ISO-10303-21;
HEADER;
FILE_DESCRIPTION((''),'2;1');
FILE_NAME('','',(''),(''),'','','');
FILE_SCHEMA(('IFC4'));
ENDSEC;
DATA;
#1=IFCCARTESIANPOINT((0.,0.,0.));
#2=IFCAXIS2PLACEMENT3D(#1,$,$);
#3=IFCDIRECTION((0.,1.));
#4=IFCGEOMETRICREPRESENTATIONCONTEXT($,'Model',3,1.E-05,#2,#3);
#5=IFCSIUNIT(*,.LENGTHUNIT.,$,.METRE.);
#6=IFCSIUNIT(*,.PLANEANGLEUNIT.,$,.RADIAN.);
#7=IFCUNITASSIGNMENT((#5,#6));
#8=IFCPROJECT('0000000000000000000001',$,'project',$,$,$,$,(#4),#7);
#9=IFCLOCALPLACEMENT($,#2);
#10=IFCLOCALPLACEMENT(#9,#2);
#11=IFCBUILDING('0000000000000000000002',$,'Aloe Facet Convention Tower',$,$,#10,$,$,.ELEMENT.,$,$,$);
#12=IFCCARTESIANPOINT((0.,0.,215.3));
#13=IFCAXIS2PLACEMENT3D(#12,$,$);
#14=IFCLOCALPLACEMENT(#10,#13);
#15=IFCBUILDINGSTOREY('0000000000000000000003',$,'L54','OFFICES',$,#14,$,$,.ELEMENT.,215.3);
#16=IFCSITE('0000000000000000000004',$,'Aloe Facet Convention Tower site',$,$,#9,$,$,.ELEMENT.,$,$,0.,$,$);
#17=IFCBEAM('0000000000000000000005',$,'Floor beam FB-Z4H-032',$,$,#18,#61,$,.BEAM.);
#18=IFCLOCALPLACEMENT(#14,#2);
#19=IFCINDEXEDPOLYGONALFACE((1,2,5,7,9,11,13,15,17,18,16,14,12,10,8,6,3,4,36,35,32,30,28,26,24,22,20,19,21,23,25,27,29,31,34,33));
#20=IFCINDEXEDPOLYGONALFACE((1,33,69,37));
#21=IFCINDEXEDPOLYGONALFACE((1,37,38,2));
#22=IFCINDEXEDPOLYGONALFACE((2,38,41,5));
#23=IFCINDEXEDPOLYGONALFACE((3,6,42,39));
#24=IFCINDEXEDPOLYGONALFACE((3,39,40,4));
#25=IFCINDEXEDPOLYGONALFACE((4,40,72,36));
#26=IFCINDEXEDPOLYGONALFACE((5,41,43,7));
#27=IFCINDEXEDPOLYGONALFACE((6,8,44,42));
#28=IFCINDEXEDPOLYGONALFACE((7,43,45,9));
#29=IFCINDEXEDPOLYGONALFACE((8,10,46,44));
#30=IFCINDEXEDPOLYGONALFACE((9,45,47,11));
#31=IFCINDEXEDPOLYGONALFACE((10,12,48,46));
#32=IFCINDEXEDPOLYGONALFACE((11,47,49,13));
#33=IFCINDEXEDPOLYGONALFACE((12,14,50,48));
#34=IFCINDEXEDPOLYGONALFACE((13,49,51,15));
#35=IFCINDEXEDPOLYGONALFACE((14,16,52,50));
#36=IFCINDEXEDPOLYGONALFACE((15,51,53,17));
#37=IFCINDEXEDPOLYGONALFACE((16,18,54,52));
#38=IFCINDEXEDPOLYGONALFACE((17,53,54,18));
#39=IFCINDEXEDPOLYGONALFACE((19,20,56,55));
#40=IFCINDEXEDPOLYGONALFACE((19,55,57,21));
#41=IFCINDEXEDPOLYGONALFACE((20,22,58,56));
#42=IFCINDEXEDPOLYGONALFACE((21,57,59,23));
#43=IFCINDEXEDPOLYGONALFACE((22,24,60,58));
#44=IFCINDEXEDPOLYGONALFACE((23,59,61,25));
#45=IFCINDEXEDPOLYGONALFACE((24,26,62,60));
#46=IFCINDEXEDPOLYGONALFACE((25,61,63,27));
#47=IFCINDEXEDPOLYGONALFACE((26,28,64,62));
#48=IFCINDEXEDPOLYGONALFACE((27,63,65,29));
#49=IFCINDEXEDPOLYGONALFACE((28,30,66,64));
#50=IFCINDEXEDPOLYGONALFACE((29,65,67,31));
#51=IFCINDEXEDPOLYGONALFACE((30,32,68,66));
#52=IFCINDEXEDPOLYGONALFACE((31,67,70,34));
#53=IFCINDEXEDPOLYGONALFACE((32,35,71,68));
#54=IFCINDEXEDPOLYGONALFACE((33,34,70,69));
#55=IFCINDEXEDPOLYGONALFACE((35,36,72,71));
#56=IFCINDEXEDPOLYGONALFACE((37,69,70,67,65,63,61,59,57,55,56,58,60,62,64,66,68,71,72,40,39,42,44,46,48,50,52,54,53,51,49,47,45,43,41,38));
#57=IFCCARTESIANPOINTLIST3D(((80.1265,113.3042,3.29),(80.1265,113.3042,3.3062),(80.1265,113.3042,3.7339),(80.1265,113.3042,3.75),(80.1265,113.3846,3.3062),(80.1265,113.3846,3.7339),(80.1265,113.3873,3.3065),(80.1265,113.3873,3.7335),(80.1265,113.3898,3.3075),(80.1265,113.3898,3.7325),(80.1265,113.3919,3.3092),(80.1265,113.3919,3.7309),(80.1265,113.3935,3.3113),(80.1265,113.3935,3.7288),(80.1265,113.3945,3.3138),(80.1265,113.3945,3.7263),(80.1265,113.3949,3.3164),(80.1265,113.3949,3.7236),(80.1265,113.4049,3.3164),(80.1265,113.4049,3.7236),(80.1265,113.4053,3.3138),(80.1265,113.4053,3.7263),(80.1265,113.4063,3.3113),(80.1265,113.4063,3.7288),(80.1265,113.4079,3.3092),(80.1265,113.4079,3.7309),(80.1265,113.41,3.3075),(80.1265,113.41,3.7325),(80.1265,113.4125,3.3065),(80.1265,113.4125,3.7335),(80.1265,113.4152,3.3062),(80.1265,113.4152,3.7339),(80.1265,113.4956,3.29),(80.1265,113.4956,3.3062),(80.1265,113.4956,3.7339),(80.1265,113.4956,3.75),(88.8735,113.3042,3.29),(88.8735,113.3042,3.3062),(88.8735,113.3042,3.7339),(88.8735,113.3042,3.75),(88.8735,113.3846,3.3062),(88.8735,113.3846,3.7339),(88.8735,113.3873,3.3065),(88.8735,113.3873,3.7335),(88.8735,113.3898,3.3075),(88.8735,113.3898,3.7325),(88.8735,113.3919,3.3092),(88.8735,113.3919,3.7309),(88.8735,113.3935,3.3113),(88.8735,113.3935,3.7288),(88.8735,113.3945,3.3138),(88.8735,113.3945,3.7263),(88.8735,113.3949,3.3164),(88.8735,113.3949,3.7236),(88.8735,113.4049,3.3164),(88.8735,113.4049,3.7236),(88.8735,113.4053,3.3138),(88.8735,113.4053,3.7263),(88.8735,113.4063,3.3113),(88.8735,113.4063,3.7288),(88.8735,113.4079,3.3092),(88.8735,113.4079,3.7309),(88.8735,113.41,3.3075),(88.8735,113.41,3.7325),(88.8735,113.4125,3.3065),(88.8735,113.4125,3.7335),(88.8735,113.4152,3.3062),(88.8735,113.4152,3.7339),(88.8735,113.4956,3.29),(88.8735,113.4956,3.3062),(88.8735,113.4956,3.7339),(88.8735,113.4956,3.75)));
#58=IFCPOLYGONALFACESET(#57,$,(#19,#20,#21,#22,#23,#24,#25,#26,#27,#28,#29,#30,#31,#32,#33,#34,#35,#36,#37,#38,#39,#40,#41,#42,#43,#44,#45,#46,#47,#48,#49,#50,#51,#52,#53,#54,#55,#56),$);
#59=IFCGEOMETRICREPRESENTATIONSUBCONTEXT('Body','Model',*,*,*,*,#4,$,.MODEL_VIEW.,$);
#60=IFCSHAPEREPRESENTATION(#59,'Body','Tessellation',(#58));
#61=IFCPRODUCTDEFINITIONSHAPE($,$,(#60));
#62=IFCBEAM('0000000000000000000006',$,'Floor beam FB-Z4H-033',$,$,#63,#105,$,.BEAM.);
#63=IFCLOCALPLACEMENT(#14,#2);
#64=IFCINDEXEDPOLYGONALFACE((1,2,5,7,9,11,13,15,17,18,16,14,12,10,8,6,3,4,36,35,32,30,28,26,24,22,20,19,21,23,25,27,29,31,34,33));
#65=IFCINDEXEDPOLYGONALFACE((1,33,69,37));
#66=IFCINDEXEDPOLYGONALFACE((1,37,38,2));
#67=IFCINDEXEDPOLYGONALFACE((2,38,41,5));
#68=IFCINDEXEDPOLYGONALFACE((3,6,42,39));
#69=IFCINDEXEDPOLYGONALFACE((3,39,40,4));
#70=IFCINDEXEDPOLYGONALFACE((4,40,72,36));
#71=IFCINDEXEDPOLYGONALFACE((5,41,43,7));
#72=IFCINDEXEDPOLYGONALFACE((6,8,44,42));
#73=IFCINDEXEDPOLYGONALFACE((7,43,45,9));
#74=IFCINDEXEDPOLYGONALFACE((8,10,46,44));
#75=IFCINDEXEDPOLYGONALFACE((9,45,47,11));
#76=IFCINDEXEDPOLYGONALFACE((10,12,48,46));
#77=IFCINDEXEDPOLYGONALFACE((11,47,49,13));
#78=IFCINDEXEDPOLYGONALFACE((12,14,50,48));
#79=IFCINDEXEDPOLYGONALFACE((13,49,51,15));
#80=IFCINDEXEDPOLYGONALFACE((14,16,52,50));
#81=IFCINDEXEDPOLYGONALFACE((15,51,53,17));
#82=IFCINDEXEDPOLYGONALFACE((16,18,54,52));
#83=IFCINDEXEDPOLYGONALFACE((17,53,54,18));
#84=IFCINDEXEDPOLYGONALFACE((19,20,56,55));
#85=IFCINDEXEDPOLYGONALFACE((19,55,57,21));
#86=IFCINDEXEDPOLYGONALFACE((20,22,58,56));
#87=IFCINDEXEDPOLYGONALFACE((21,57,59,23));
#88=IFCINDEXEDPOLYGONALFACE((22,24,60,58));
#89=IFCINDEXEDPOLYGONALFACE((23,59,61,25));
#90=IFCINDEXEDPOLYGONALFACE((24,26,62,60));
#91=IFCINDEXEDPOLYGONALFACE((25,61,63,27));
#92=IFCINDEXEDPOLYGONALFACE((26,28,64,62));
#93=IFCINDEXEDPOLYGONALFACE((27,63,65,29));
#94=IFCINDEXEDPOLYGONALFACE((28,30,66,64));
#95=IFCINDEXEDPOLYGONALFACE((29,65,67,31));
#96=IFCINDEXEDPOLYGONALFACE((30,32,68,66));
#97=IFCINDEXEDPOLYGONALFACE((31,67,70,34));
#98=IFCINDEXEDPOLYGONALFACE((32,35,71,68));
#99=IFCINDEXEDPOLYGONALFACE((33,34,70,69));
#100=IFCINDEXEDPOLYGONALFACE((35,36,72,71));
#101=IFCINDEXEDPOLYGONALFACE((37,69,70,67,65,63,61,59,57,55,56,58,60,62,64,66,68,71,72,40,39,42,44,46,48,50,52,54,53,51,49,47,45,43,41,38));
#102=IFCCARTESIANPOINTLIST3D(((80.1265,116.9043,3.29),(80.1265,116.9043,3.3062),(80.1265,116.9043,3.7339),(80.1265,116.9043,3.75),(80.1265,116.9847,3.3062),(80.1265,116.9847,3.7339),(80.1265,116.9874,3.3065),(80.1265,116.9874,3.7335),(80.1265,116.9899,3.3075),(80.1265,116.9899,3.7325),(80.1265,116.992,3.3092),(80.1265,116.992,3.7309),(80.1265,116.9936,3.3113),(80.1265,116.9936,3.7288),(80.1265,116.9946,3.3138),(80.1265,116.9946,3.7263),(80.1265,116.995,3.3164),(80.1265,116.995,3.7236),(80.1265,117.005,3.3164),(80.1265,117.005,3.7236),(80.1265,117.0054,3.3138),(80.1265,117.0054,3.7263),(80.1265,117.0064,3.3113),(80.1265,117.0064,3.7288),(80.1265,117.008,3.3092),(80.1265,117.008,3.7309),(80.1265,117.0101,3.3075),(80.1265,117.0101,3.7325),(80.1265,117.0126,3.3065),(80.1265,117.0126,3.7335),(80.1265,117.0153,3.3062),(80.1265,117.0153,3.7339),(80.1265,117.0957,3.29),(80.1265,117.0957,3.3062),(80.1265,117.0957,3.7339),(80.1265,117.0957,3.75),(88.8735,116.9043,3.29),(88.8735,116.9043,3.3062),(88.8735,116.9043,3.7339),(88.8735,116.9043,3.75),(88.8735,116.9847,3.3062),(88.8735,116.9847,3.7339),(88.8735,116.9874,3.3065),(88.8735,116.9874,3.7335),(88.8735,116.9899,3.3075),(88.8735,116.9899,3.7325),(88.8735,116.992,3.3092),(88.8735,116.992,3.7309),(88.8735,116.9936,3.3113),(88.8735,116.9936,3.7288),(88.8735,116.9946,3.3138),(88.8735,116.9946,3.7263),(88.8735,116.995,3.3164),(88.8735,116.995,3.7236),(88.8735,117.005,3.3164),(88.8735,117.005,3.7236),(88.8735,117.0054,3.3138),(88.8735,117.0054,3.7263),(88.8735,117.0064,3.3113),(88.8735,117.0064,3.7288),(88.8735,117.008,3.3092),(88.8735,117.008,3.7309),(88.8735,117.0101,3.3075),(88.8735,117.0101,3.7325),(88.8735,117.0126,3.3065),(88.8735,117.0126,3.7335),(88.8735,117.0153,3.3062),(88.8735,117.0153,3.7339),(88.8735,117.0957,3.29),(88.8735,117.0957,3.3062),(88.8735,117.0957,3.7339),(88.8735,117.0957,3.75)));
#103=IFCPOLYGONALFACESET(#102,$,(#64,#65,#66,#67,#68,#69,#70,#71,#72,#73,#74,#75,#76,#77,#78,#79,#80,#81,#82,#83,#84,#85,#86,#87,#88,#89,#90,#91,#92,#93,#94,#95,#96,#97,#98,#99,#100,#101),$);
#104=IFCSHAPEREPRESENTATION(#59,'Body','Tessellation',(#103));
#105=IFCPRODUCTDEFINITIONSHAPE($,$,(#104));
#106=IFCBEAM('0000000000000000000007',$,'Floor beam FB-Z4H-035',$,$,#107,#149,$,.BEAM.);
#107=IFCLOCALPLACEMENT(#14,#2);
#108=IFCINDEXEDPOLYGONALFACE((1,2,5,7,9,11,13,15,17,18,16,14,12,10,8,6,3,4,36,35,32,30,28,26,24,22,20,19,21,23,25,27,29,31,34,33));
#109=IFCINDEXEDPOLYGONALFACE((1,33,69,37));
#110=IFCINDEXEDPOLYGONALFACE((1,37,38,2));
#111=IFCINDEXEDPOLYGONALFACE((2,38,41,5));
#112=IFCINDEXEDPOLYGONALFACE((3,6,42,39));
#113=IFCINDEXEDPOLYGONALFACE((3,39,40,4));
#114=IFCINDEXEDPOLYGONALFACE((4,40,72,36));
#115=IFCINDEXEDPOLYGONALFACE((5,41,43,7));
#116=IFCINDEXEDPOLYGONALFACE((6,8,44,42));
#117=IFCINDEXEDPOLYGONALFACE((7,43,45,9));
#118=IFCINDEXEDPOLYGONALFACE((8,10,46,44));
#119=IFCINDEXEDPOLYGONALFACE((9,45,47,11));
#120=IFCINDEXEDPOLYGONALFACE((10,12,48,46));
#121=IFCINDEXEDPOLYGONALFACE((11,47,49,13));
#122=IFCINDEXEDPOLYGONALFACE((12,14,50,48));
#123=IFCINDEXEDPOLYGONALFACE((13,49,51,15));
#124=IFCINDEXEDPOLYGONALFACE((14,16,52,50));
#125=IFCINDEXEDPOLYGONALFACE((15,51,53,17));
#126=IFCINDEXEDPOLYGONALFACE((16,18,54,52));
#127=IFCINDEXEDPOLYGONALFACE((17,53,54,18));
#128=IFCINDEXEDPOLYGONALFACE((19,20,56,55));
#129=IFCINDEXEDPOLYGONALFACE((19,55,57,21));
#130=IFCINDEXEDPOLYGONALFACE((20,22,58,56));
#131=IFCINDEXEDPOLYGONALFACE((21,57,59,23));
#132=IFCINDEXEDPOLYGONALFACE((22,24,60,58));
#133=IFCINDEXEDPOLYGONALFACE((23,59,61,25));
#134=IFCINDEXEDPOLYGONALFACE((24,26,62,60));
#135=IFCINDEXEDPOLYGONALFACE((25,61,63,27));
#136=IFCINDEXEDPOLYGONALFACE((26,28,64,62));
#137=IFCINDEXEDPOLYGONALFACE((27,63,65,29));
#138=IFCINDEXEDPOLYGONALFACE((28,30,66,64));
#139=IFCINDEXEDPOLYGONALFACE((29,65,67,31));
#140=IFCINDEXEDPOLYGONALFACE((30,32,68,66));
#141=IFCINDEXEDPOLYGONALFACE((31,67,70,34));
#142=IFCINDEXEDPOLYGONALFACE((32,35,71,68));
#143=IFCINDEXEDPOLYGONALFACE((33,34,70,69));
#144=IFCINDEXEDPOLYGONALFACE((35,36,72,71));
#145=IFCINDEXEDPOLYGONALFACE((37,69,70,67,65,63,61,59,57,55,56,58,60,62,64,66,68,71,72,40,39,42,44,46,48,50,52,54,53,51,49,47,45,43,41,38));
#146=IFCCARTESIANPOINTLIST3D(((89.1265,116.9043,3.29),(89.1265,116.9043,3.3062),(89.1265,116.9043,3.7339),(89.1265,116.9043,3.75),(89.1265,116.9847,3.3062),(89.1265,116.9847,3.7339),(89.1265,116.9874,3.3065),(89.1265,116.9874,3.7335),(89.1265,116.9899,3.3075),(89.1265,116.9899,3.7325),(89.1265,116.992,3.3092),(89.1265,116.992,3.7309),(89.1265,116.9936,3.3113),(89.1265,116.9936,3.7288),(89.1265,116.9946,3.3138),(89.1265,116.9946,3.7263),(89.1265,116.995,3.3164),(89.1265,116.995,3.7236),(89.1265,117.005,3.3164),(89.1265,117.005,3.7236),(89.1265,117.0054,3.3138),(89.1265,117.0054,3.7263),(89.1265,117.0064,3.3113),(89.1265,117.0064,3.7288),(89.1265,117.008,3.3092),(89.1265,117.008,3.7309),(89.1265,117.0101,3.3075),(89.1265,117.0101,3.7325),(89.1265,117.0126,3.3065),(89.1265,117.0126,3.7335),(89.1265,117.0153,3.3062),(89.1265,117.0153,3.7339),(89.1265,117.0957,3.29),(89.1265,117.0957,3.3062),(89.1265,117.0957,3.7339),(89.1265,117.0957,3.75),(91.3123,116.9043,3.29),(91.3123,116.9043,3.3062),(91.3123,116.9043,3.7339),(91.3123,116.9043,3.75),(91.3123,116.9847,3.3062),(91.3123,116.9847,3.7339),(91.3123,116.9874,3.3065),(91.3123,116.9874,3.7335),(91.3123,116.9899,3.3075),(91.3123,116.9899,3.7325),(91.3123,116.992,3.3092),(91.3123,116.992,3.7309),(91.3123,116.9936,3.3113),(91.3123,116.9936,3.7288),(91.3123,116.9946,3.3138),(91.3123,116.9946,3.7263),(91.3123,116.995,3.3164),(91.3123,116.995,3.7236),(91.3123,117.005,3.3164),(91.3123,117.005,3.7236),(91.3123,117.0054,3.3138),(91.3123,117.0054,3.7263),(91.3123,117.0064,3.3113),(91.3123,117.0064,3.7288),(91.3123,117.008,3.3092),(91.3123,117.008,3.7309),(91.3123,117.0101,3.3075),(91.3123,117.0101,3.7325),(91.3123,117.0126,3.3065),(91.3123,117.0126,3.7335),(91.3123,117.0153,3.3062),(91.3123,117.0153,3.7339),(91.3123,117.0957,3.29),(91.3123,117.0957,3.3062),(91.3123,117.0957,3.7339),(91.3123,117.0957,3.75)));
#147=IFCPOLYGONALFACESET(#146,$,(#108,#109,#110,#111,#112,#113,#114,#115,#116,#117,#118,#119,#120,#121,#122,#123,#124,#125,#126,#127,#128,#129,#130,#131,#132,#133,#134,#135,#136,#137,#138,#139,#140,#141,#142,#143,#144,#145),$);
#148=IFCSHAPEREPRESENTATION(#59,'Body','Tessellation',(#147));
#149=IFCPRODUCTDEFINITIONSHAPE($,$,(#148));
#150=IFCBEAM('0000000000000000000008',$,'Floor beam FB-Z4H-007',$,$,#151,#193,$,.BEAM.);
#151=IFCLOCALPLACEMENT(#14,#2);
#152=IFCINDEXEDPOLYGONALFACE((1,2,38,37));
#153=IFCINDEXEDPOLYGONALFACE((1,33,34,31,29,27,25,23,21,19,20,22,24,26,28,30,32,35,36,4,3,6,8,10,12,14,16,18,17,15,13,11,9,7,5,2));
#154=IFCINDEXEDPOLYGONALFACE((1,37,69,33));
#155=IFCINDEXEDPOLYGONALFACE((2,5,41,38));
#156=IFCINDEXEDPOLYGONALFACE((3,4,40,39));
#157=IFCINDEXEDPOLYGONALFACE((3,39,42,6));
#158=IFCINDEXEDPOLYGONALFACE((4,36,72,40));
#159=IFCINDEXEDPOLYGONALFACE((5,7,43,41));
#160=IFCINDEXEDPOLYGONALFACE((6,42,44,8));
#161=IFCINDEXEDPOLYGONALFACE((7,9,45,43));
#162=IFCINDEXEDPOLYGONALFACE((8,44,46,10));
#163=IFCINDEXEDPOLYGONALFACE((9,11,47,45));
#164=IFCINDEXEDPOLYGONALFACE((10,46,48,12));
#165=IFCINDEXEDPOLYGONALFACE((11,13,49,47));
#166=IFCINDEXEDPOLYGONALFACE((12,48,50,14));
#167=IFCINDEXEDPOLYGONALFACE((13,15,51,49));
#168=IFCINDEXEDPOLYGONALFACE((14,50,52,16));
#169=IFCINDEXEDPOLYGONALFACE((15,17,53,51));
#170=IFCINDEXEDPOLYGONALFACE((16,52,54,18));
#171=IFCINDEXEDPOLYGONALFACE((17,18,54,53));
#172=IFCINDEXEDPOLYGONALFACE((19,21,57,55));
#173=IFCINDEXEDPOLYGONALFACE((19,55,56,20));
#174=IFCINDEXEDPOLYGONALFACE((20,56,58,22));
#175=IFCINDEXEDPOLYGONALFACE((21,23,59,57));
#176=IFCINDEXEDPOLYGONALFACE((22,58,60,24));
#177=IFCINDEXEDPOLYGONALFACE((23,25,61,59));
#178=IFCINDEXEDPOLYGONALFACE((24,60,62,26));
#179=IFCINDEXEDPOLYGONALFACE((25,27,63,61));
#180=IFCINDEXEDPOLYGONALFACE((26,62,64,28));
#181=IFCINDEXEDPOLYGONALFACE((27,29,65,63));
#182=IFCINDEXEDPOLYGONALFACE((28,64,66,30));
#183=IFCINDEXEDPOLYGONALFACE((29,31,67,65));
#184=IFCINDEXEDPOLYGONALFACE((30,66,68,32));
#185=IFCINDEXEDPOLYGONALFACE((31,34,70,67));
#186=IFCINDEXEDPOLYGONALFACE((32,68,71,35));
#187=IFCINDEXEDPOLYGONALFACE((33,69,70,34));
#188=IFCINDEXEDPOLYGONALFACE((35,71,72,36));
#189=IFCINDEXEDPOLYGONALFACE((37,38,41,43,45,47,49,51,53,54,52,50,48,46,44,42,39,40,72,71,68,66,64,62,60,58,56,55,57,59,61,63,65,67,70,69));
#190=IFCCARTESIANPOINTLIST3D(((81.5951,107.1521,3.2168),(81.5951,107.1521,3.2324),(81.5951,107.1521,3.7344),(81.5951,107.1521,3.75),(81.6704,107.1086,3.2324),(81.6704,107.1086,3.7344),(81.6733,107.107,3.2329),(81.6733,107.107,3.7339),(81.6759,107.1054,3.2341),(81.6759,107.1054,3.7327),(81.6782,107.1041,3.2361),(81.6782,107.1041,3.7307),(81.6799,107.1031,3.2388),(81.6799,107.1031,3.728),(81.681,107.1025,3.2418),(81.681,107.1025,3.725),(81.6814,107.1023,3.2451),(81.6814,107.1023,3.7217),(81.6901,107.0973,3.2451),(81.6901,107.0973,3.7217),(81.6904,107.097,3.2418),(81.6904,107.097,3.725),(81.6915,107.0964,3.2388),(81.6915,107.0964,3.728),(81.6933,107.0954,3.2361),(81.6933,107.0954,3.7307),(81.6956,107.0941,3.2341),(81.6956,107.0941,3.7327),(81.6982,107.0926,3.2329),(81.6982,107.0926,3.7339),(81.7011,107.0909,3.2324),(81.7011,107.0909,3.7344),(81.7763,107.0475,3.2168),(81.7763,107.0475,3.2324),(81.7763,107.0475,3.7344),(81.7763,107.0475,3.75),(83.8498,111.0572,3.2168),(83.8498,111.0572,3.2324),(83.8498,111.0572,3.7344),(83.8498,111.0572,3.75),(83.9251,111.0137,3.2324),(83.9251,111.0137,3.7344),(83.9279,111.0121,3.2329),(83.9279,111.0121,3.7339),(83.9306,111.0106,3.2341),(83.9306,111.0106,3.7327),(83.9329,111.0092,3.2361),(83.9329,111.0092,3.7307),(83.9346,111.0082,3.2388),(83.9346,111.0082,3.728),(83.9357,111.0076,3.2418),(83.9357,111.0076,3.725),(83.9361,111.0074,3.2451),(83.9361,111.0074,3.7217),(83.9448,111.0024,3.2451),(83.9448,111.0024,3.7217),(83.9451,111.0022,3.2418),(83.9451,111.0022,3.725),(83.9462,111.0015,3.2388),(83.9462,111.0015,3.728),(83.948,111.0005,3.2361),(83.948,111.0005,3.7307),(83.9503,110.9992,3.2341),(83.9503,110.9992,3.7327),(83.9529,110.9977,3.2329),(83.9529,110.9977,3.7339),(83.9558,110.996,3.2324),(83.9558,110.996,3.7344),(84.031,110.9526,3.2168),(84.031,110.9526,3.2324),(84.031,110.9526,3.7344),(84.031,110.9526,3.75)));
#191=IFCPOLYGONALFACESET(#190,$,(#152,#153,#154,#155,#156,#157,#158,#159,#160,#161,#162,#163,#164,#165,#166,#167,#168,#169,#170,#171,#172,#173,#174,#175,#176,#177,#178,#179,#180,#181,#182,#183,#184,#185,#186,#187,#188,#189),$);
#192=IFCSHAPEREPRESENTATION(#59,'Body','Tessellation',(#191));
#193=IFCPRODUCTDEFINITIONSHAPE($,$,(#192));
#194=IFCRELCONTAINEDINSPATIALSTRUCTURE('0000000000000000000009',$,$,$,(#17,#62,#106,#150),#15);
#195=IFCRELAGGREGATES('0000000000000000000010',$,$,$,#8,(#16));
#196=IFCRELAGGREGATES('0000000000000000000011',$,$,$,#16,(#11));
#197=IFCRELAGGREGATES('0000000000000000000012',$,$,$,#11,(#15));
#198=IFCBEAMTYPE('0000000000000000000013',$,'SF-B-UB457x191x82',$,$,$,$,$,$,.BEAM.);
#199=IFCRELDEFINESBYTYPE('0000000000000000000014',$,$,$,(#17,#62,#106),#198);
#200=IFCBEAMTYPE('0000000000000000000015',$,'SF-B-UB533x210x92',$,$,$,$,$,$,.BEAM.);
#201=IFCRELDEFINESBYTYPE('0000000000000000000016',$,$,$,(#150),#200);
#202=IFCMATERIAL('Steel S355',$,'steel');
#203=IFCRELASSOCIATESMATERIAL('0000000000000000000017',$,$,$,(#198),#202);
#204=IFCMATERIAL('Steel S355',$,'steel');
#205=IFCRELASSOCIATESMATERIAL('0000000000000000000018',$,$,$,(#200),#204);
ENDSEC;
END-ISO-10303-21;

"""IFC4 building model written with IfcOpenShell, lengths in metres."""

from ifc_helpers import new_model, si_unit, direction, frame, origin, origin_2d, place, context, subcontext, project, spatial, i_section, extrude, material, material_profile, profile_set, type_object, element, save


model = new_model("IFC4")

# Units and contexts
model_context = context("Model", 3, precision=1e-05, world=origin(), true_north=direction((0.0, 1.0)))
body_context = subcontext(model_context, "Body", "Model", "MODEL_VIEW")
ifc_project = project(units=[si_unit("LENGTHUNIT", "METRE"), si_unit("PLANEANGLEUNIT", "RADIAN")], contexts=[model_context])

# Site, building, storey
site_placement = place(None, origin())
site = spatial("IfcSite", under=ifc_project, at=site_placement, Name="Aloe Facet Convention Tower site", CompositionType="ELEMENT", RefElevation=0.0)
building_placement = place(site_placement, origin())
building = spatial("IfcBuilding", under=site, at=building_placement, Name="Aloe Facet Convention Tower", CompositionType="ELEMENT")
storey_placement = place(building_placement, frame((0.0, 0.0, 215.3)))
storey = spatial("IfcBuildingStorey", under=building, at=storey_placement, Name="L54", Description="OFFICES", CompositionType="ELEMENT", Elevation=215.3)

# Beams
ifc_material_1 = material(Name="Steel S355", Category="steel")
ifc_material_profile_1 = material_profile(ifc_material_1, i_section(OverallWidth=0.1914, OverallDepth=0.46, WebThickness=0.01, FlangeThickness=0.0161, FilletRadius=0.0103, at=origin_2d()), Name="UB 457x191x82")
ifc_profile_set_1 = profile_set([ifc_material_profile_1], Name="Steel S355")
beam_type_1 = type_object("IfcBeamType", Name="SF-B-UB457x191x82", PredefinedType="BEAM", material=ifc_profile_set_1)
for number, where, z_axis, x_axis, name in (
    (1, (80.1265, 113.3999, 3.52), (1.0, 0.0, 0.0), (0.0, 1.0, 0.0), "Floor beam FB-Z4H-032"),
    (2, (80.1265, 117.0, 3.52), (1.0, 0.0, 0.0), (0.0, 1.0, 0.0), "Floor beam FB-Z4H-033"),
):
    element("IfcBeam", number, at=place(storey_placement, frame(where, z_axis=z_axis, x_axis=x_axis)), inside=storey, type_object=beam_type_1, Name=name, PredefinedType="BEAM", context=body_context, shape_type="SweptSolid", body=[
        extrude(i_section(OverallWidth=0.1914, OverallDepth=0.46, WebThickness=0.01, FlangeThickness=0.0161, FilletRadius=0.0103, at=origin_2d()), origin(), (0.0, 0.0, 1.0), 8.7471),
    ])
beam_1_placement = place(storey_placement, frame((89.1265, 117.0, 3.52), z_axis=(1.0, 0.0, 0.0), x_axis=(0.0, 1.0, 0.0)))
element("IfcBeam", 3, at=beam_1_placement, inside=storey, type_object=beam_type_1, Name="Floor beam FB-Z4H-035", PredefinedType="BEAM", context=body_context, shape_type="SweptSolid", body=[
    extrude(i_section(OverallWidth=0.1914, OverallDepth=0.46, WebThickness=0.01, FlangeThickness=0.0161, FilletRadius=0.0103, at=origin_2d()), origin(), (0.0, 0.0, 1.0), 2.1858),
])
ifc_material_2 = material(Name="Steel S355", Category="steel")
ifc_material_profile_2 = material_profile(ifc_material_2, i_section(OverallWidth=0.2092, OverallDepth=0.5332, WebThickness=0.01, FlangeThickness=0.0156, FilletRadius=0.0127, at=origin_2d()), Name="UB 533x210x92")
ifc_profile_set_2 = profile_set([ifc_material_profile_2], Name="Steel S355")
beam_type_2 = type_object("IfcBeamType", Name="SF-B-UB533x210x92", PredefinedType="BEAM", material=ifc_profile_set_2)
beam_2_placement = place(storey_placement, frame((83.9404, 111.0049, 3.4834), z_axis=(-0.500011, -0.866019, 0.0), x_axis=(0.866019, -0.500011, 0.0)))
element("IfcBeam", 4, at=beam_2_placement, inside=storey, type_object=beam_type_2, Name="Floor beam FB-Z4H-007", PredefinedType="BEAM", context=body_context, shape_type="SweptSolid", body=[
    extrude(i_section(OverallWidth=0.2092, OverallDepth=0.5332, WebThickness=0.01, FlangeThickness=0.0156, FilletRadius=0.0127, at=origin_2d()), origin(), (0.0, 0.0, 1.0), 4.5093),
])

save(model, "model.ifc")
